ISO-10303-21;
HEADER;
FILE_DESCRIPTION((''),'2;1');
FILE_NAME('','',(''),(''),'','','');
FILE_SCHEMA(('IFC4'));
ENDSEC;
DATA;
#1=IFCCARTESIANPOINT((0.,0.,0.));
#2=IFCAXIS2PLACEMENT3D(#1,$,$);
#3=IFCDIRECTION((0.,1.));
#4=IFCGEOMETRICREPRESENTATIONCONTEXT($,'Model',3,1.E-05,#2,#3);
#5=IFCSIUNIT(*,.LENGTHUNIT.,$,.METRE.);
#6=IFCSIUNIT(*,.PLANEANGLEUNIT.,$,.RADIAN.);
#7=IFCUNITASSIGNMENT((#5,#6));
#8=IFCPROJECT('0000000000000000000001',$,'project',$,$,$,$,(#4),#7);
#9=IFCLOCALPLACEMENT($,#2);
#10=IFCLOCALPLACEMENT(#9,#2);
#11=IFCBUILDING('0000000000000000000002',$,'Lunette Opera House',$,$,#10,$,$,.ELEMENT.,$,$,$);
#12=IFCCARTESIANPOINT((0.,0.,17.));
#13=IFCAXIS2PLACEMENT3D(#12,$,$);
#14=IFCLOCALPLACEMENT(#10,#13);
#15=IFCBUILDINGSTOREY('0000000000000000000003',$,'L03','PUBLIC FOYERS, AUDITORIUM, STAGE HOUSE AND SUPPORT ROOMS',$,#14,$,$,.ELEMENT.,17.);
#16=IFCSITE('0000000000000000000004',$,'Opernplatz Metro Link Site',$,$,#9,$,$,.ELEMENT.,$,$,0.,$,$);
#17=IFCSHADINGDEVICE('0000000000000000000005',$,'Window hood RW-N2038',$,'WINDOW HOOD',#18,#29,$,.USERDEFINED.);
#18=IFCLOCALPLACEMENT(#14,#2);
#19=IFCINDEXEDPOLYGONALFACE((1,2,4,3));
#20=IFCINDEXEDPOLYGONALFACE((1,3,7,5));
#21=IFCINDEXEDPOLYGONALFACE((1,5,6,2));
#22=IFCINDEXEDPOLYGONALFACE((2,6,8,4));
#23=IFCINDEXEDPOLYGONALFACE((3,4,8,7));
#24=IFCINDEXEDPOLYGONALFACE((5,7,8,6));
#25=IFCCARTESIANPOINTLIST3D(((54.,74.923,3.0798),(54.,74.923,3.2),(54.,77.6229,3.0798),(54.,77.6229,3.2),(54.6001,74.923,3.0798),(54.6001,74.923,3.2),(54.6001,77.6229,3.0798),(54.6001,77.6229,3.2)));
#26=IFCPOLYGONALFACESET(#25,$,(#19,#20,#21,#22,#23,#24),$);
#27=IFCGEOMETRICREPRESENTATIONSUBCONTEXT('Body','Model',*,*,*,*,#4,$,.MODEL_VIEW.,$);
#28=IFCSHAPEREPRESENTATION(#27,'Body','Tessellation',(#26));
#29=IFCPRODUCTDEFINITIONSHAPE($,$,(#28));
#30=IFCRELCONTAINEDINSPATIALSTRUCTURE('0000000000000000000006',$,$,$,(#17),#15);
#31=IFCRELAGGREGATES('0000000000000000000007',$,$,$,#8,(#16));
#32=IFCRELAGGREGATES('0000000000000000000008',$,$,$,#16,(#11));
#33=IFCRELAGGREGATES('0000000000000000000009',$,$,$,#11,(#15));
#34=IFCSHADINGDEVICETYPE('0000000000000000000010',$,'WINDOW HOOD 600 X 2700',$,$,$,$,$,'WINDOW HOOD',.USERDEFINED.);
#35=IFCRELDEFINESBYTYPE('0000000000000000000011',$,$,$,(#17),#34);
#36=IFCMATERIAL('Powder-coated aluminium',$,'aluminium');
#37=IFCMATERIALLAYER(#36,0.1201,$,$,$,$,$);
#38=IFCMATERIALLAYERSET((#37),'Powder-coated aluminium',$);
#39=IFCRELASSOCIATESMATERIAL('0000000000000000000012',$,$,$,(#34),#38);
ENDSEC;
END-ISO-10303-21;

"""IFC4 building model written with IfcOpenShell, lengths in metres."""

from ifc_helpers import new_model, si_unit, direction, frame, origin, origin_2d, place, context, subcontext, project, spatial, rectangle, extrude, material, layer, layer_set, type_object, element, save


model = new_model("IFC4")

# Units and contexts
model_context = context("Model", 3, precision=1e-05, world=origin(), true_north=direction((0.0, 1.0)))
body_context = subcontext(model_context, "Body", "Model", "MODEL_VIEW")
ifc_project = project(units=[si_unit("LENGTHUNIT", "METRE"), si_unit("PLANEANGLEUNIT", "RADIAN")], contexts=[model_context])

# Site, building, storey
site_placement = place(None, origin())
site = spatial("IfcSite", under=ifc_project, at=site_placement, Name="Opernplatz Metro Link Site", CompositionType="ELEMENT", RefElevation=0.0)
building_placement = place(site_placement, origin())
building = spatial("IfcBuilding", under=site, at=building_placement, Name="Lunette Opera House", CompositionType="ELEMENT")
storey_placement = place(building_placement, frame((0.0, 0.0, 17.0)))
storey = spatial("IfcBuildingStorey", under=building, at=storey_placement, Name="L03", Description="PUBLIC FOYERS, AUDITORIUM, STAGE HOUSE AND SUPPORT ROOMS", CompositionType="ELEMENT", Elevation=17.0)

# Shading device
ifc_material_1 = material(Name="Powder-coated aluminium", Category="aluminium")
ifc_layer_1 = layer(ifc_material_1, 0.1201)
ifc_layer_set_1 = layer_set([ifc_layer_1], Name="Powder-coated aluminium")
shading_device_type = type_object("IfcShadingDeviceType", Name="WINDOW HOOD 600 X 2700", ElementType="WINDOW HOOD", PredefinedType="USERDEFINED", material=ifc_layer_set_1)
for number, where, z_axis, x_axis, name in (
    (1, (54.3, 76.2729, 3.0798), (0.0, 0.0, 1.0), (1.0, 0.0, 0.0), "Window hood RW-N2038"),
):
    element("IfcShadingDevice", number, at=place(storey_placement, frame(where, z_axis=z_axis, x_axis=x_axis)), inside=storey, type_object=shading_device_type, Name=name, ObjectType="WINDOW HOOD", PredefinedType="USERDEFINED", context=body_context, shape_type="SweptSolid", body=[
        extrude(rectangle(XDim=0.6001, YDim=2.7, at=origin_2d()), origin(), (0.0, 0.0, 1.0), 0.1201),
    ])

save(model, "model.ifc")
